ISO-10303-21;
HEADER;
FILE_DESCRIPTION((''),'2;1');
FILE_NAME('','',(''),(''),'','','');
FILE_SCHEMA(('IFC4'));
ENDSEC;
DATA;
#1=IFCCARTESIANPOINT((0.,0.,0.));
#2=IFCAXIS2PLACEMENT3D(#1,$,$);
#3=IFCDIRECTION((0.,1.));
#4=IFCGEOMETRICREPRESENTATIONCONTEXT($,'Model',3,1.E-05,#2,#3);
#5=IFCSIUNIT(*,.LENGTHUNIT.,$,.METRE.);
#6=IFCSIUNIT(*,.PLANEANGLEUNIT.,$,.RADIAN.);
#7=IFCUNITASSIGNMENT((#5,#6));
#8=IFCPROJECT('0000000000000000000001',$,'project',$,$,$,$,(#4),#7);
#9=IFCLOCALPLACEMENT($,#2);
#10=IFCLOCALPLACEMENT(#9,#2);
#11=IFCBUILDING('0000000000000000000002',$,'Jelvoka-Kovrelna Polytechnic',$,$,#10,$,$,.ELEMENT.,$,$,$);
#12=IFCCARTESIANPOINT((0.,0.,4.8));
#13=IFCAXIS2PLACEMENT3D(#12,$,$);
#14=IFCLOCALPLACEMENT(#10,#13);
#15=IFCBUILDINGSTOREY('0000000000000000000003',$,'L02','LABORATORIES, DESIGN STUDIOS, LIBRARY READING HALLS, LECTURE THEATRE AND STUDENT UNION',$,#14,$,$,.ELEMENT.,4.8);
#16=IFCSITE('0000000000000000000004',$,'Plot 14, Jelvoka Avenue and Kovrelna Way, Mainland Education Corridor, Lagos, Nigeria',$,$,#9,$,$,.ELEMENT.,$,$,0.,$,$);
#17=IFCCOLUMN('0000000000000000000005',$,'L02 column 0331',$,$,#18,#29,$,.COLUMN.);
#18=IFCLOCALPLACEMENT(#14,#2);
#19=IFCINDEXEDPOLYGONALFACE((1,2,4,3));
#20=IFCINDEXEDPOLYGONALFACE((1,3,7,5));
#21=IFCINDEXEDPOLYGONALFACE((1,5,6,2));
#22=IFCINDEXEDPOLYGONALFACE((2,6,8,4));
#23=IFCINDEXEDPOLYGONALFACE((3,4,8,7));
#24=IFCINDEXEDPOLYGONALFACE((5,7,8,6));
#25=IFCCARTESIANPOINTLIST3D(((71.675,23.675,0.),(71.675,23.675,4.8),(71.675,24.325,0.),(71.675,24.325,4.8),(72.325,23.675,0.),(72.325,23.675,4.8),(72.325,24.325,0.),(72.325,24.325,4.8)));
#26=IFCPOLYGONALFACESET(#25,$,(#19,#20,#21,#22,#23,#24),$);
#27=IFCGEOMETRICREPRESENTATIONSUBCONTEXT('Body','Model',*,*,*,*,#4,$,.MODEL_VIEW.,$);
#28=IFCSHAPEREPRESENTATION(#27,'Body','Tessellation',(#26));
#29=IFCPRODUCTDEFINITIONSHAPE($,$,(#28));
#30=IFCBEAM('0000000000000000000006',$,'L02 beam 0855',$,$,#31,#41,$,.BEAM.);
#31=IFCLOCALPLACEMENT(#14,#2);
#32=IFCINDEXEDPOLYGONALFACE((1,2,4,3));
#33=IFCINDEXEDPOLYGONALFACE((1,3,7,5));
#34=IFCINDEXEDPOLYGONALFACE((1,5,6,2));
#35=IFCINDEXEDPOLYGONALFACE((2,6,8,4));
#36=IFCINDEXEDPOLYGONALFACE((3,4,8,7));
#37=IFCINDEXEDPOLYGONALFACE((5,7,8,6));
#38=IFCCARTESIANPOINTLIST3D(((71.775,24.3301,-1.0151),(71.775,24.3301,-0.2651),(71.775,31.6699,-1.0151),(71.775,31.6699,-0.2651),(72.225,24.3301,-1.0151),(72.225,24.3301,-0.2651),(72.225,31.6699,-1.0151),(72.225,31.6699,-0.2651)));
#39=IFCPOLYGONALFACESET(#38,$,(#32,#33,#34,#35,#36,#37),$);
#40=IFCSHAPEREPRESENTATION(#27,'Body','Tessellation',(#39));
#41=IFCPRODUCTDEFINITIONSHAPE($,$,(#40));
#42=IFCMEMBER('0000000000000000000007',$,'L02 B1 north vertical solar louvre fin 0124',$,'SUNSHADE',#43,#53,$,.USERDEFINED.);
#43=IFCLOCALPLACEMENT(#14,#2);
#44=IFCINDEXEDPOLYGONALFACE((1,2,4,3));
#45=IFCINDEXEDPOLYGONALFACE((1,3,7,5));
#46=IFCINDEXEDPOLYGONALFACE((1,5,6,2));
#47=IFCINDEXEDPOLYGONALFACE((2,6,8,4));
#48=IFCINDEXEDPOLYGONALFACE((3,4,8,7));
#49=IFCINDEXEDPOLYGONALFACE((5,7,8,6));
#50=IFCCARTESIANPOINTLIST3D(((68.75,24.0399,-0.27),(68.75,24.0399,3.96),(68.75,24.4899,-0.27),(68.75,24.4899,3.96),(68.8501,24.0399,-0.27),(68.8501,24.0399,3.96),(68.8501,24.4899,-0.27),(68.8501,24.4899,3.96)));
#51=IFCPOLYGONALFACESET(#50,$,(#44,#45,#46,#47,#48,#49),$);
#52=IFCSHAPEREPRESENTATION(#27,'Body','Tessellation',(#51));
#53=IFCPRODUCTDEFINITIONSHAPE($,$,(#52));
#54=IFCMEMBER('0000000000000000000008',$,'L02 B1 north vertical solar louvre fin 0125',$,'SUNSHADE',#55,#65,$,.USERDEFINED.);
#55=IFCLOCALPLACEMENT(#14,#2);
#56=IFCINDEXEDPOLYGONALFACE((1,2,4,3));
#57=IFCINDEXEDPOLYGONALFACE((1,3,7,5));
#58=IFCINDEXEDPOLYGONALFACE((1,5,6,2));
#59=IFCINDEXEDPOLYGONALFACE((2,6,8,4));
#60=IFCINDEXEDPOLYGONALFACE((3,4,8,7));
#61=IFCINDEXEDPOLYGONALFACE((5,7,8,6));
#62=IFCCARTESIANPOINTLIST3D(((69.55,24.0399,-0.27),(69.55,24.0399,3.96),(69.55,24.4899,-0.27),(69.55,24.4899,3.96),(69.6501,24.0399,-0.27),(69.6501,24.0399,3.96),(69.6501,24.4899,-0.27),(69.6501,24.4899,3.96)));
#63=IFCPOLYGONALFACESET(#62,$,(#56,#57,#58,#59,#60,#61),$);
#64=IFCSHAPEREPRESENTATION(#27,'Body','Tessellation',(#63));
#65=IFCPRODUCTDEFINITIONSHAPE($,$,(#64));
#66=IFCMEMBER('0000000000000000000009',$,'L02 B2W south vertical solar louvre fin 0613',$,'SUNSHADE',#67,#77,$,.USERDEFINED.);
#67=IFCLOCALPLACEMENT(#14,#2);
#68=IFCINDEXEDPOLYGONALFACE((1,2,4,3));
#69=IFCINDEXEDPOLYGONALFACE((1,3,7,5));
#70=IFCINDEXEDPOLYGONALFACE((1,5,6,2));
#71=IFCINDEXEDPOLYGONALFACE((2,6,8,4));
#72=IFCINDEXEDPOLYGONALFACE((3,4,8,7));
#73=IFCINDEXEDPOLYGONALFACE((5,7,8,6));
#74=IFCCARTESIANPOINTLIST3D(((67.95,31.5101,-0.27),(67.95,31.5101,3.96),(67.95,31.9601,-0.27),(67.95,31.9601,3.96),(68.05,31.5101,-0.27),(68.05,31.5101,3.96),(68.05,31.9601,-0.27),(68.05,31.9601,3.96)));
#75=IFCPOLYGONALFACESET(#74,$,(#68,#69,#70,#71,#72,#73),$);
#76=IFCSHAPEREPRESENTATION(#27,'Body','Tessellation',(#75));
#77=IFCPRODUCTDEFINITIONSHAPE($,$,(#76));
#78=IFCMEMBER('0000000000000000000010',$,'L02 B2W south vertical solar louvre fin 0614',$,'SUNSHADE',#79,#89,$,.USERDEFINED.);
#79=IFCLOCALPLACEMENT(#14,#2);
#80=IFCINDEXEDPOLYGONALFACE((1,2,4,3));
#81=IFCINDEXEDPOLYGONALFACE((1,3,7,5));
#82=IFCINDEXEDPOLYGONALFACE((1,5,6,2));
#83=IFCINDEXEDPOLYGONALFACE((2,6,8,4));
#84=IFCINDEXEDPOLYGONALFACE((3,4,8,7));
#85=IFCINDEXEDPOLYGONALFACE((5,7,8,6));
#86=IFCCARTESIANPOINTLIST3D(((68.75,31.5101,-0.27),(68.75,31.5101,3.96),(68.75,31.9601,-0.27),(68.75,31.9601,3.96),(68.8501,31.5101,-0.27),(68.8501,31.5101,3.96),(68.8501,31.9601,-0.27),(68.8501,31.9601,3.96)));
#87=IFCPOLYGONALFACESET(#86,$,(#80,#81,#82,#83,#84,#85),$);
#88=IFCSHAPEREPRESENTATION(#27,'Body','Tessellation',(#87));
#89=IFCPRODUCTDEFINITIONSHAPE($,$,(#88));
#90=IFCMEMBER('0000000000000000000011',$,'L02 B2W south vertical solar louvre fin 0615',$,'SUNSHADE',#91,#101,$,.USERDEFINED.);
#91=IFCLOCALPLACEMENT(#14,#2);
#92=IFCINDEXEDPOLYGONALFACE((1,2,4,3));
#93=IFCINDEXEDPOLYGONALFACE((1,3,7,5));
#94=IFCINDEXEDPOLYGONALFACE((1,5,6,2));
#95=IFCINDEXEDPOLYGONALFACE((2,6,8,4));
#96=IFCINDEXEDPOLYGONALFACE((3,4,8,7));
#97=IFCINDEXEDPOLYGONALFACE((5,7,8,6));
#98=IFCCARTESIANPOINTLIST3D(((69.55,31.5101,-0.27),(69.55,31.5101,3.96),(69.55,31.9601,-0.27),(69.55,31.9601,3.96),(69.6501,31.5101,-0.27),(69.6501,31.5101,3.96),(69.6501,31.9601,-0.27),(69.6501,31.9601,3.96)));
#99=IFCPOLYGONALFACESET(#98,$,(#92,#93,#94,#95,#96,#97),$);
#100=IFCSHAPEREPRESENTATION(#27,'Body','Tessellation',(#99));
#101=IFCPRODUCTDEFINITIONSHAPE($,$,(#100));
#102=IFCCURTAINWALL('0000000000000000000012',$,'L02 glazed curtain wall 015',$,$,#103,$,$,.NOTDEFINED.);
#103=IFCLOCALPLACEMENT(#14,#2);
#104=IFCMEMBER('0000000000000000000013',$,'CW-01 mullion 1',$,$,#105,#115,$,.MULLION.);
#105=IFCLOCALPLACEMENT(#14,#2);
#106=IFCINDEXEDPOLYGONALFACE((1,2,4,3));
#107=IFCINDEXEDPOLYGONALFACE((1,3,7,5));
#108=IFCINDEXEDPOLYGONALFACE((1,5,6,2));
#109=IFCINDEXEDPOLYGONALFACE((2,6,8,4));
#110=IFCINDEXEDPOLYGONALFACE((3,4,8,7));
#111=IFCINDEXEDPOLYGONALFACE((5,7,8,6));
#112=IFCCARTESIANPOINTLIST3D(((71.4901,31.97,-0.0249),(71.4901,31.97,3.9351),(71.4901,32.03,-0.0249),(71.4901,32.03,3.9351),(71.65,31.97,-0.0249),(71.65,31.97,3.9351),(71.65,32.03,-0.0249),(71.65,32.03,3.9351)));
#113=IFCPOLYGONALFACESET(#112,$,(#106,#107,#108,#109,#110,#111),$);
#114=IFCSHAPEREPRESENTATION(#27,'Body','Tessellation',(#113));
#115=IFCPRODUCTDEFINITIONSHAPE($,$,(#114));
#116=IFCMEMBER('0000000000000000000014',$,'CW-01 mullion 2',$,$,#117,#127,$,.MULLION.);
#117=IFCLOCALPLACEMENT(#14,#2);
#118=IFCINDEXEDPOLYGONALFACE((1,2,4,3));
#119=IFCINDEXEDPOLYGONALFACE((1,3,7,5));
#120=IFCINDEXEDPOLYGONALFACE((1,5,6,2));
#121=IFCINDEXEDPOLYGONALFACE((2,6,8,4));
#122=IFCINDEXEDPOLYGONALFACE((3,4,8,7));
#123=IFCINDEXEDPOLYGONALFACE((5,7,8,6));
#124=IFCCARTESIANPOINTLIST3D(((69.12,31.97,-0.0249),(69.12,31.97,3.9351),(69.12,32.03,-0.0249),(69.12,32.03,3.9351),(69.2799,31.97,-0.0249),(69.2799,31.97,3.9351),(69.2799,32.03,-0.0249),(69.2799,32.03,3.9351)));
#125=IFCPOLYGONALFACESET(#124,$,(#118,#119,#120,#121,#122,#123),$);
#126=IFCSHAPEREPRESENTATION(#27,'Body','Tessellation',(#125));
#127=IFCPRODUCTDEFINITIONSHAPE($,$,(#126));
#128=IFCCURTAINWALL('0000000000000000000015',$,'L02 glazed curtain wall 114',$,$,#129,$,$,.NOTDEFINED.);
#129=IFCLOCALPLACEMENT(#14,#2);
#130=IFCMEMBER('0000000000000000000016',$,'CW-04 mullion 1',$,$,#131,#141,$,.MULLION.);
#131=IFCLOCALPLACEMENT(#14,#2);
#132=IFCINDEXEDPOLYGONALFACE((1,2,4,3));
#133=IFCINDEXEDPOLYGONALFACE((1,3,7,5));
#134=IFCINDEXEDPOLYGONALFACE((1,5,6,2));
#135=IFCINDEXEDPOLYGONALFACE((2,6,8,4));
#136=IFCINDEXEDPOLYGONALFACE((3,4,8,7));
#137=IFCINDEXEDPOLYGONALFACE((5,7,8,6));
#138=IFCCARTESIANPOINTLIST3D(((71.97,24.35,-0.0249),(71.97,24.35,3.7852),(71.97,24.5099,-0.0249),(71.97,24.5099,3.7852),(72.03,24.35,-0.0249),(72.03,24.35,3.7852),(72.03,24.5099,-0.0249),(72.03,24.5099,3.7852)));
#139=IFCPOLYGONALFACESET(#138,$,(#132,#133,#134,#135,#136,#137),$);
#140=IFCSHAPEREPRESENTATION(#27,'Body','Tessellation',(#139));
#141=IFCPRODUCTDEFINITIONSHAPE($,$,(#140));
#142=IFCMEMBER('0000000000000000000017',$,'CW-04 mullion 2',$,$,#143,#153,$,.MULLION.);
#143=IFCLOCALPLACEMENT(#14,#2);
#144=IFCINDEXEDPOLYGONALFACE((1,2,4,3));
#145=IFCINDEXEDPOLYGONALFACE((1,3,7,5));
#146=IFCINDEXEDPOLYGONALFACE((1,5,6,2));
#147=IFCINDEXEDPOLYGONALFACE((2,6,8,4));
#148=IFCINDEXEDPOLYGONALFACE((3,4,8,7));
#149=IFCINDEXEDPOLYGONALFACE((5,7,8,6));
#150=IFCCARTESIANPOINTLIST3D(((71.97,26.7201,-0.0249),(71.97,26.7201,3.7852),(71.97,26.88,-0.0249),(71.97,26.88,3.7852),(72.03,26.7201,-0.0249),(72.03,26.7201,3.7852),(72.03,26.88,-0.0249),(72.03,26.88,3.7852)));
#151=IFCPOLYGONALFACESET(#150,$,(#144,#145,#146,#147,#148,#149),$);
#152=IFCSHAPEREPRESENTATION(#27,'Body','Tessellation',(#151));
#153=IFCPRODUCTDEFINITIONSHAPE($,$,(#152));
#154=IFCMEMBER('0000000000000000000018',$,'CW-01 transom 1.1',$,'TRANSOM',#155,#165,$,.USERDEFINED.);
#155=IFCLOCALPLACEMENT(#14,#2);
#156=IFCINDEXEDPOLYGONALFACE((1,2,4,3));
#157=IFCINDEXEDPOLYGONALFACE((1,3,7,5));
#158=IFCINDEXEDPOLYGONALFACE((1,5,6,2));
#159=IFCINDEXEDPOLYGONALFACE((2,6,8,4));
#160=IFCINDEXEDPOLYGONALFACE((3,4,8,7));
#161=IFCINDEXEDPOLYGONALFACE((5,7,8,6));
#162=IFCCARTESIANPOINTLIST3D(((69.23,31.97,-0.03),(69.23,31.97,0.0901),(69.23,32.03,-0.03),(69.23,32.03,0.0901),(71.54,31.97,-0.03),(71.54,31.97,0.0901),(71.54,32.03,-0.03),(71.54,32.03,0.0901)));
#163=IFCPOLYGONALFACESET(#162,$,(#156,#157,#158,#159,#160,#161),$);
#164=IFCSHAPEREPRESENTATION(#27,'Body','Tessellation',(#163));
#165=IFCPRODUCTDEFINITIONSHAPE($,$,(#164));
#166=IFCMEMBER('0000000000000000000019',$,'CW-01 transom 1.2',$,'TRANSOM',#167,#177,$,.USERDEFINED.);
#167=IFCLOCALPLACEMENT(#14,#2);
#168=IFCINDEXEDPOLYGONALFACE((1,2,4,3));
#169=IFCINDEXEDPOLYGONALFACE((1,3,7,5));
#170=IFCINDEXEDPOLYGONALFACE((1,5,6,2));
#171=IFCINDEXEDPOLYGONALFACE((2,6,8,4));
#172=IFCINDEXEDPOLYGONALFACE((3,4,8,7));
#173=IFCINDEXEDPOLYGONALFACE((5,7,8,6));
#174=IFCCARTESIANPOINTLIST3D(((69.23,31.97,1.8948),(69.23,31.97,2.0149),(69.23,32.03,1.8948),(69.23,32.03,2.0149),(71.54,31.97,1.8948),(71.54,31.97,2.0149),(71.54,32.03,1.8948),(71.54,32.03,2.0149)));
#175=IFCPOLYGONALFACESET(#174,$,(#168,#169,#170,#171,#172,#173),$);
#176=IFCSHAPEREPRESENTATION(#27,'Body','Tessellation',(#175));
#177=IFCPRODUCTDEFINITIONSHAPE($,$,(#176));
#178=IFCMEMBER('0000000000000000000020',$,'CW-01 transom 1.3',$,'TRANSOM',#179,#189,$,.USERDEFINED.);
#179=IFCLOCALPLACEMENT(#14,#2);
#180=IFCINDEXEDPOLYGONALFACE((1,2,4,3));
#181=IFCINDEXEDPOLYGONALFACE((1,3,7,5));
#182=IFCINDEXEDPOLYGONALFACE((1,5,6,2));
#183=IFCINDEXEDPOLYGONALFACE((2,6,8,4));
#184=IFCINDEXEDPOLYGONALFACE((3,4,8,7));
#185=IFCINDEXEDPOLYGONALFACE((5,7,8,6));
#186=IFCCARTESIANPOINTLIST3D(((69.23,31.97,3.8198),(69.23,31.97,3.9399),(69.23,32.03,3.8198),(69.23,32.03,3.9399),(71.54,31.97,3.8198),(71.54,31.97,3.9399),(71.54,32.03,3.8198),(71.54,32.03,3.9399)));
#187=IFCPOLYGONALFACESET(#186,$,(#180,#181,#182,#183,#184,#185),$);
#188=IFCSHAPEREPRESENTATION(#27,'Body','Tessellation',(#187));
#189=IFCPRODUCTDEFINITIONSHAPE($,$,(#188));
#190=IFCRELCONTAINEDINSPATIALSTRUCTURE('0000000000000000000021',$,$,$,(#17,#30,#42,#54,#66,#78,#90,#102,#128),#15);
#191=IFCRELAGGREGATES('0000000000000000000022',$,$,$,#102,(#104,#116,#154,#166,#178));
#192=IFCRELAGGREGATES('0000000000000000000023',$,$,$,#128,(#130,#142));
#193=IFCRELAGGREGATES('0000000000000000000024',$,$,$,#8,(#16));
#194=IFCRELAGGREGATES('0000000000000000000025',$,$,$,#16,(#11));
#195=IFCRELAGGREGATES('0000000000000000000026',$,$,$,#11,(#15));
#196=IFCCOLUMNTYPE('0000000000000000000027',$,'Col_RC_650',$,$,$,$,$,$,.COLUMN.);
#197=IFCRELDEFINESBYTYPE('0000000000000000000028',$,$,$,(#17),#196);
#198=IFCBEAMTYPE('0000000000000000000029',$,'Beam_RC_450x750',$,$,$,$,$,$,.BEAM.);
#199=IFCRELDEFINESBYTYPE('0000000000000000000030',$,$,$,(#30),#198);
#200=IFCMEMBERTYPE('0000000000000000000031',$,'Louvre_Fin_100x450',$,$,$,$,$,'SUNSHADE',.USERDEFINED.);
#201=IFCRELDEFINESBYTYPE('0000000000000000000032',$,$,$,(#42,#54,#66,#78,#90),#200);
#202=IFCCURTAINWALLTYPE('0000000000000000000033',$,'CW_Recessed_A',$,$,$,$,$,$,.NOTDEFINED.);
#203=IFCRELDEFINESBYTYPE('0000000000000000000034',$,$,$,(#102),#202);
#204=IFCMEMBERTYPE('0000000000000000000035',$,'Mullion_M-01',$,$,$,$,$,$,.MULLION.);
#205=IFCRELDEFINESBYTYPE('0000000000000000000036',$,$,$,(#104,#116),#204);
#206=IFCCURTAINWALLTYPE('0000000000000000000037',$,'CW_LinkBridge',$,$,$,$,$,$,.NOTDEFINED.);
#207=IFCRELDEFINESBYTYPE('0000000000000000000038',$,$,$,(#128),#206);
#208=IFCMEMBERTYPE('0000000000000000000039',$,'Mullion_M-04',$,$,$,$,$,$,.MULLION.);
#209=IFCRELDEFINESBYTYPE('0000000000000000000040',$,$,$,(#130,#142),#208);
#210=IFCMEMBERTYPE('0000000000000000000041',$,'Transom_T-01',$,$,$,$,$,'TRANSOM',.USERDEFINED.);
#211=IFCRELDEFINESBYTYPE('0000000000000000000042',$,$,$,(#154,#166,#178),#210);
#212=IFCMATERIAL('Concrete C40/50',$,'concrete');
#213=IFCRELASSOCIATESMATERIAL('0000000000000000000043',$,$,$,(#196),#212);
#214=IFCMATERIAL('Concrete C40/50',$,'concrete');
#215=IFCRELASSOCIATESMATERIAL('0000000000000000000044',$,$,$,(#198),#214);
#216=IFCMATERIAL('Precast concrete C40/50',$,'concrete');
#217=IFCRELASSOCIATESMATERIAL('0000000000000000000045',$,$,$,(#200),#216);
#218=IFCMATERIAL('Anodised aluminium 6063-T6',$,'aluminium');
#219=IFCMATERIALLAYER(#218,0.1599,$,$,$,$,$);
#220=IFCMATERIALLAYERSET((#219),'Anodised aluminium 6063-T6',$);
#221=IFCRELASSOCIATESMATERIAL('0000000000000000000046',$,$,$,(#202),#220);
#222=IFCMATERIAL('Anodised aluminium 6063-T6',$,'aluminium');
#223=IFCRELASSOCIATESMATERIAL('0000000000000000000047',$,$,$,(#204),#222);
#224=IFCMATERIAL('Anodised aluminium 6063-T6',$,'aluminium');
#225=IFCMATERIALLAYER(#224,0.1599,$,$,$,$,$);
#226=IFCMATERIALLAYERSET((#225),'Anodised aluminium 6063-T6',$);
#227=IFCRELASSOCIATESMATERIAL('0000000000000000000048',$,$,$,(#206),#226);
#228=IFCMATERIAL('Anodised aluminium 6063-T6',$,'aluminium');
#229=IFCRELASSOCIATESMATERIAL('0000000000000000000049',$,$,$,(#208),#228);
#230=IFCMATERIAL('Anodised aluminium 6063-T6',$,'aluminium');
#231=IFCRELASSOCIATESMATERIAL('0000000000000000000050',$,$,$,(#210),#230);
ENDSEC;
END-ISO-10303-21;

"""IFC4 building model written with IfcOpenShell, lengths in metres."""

from ifc_helpers import new_model, si_unit, direction, frame, origin, origin_2d, place, context, subcontext, project, spatial, rectangle, extrude, material, layer, layer_set, material_profile, profile_set, type_object, element, aggregate, save


model = new_model("IFC4")

# Units and contexts
model_context = context("Model", 3, precision=1e-05, world=origin(), true_north=direction((0.0, 1.0)))
body_context = subcontext(model_context, "Body", "Model", "MODEL_VIEW")
ifc_project = project(units=[si_unit("LENGTHUNIT", "METRE"), si_unit("PLANEANGLEUNIT", "RADIAN")], contexts=[model_context])

# Site, building, storey
site_placement = place(None, origin())
site = spatial("IfcSite", under=ifc_project, at=site_placement, Name="Plot 14, Jelvoka Avenue and Kovrelna Way, Mainland Education Corridor, Lagos, Nigeria", CompositionType="ELEMENT", RefElevation=0.0)
building_placement = place(site_placement, origin())
building = spatial("IfcBuilding", under=site, at=building_placement, Name="Jelvoka-Kovrelna Polytechnic", CompositionType="ELEMENT")
storey_placement = place(building_placement, frame((0.0, 0.0, 4.8)))
storey = spatial("IfcBuildingStorey", under=building, at=storey_placement, Name="L02", Description="LABORATORIES, DESIGN STUDIOS, LIBRARY READING HALLS, LECTURE THEATRE AND STUDENT UNION", CompositionType="ELEMENT", Elevation=4.8)

# Column
ifc_material_1 = material(Name="Concrete C40/50", Category="concrete")
ifc_material_profile_1 = material_profile(ifc_material_1, rectangle(XDim=0.6499, YDim=0.6499, at=origin_2d()), Name="RC 650x650")
ifc_profile_set_1 = profile_set([ifc_material_profile_1], Name="Concrete C40/50")
column_type = type_object("IfcColumnType", Name="Col_RC_650", PredefinedType="COLUMN", material=ifc_profile_set_1)
column_placement = place(storey_placement, frame((72.0, 24.0, 0.0), z_axis=(0.0, 0.0, 1.0), x_axis=(1.0, 0.0, 0.0)))
element("IfcColumn", 1, at=column_placement, inside=storey, type_object=column_type, Name="L02 column 0331", PredefinedType="COLUMN", context=body_context, shape_type="SweptSolid", body=[
    extrude(rectangle(XDim=0.6499, YDim=0.6499, at=origin_2d()), origin(), (0.0, 0.0, 1.0), 4.8),
])

# Beam
ifc_material_2 = material(Name="Concrete C40/50", Category="concrete")
ifc_material_profile_2 = material_profile(ifc_material_2, rectangle(XDim=0.45, YDim=0.75, at=origin_2d()), Name="RC 450x750")
ifc_profile_set_2 = profile_set([ifc_material_profile_2], Name="Concrete C40/50")
beam_type = type_object("IfcBeamType", Name="Beam_RC_450x750", PredefinedType="BEAM", material=ifc_profile_set_2)
beam_placement = place(storey_placement, frame((72.0, 24.3301, -0.6401), z_axis=(0.0, 1.0, 0.0), x_axis=(-1.0, 0.0, 0.0)))
element("IfcBeam", 2, at=beam_placement, inside=storey, type_object=beam_type, Name="L02 beam 0855", PredefinedType="BEAM", context=body_context, shape_type="SweptSolid", body=[
    extrude(rectangle(XDim=0.45, YDim=0.75, at=origin_2d()), origin(), (0.0, 0.0, 1.0), 7.3398),
])

# Members
ifc_material_3 = material(Name="Precast concrete C40/50", Category="concrete")
ifc_material_profile_3 = material_profile(ifc_material_3, rectangle(XDim=0.1001, YDim=0.45, at=origin_2d()), Name="PC 100x450")
ifc_profile_set_3 = profile_set([ifc_material_profile_3], Name="Precast concrete C40/50")
member_type_1 = type_object("IfcMemberType", Name="Louvre_Fin_100x450", ElementType="SUNSHADE", PredefinedType="USERDEFINED", material=ifc_profile_set_3)
for number, where, z_axis, x_axis, name in (
    (3, (68.8, 24.2649, -0.27), (0.0, 0.0, 1.0), (1.0, 0.0, 0.0), "L02 B1 north vertical solar louvre fin 0124"),
    (4, (69.6001, 24.2649, -0.27), (0.0, 0.0, 1.0), (1.0, 0.0, 0.0), "L02 B1 north vertical solar louvre fin 0125"),
    (5, (68.0, 31.7351, -0.27), (0.0, 0.0, 1.0), (1.0, 0.0, 0.0), "L02 B2W south vertical solar louvre fin 0613"),
    (6, (68.8, 31.7351, -0.27), (0.0, 0.0, 1.0), (1.0, 0.0, 0.0), "L02 B2W south vertical solar louvre fin 0614"),
    (7, (69.6001, 31.7351, -0.27), (0.0, 0.0, 1.0), (1.0, 0.0, 0.0), "L02 B2W south vertical solar louvre fin 0615"),
):
    element("IfcMember", number, at=place(storey_placement, frame(where, z_axis=z_axis, x_axis=x_axis)), inside=storey, type_object=member_type_1, Name=name, ObjectType="SUNSHADE", PredefinedType="USERDEFINED", context=body_context, shape_type="SweptSolid", body=[
        extrude(rectangle(XDim=0.1001, YDim=0.45, at=origin_2d()), origin(), (0.0, 0.0, 1.0), 4.23),
    ])

# Curtain walls, members
ifc_material_4 = material(Name="Anodised aluminium 6063-T6", Category="aluminium")
ifc_layer_1 = layer(ifc_material_4, 0.1599)
ifc_layer_set_1 = layer_set([ifc_layer_1], Name="Anodised aluminium 6063-T6")
curtain_wall_type_1 = type_object("IfcCurtainWallType", Name="CW_Recessed_A", PredefinedType="NOTDEFINED", material=ifc_layer_set_1)
curtain_wall_1_placement = place(storey_placement, origin())
curtain_wall_1 = element("IfcCurtainWall", 8, at=curtain_wall_1_placement, inside=storey, type_object=curtain_wall_type_1, Name="L02 glazed curtain wall 015", PredefinedType="NOTDEFINED")
ifc_material_5 = material(Name="Anodised aluminium 6063-T6", Category="aluminium")
ifc_material_profile_4 = material_profile(ifc_material_5, rectangle(XDim=0.0601, YDim=0.1599, at=origin_2d()), Name="ALU 60x160")
ifc_profile_set_4 = profile_set([ifc_material_profile_4], Name="Anodised aluminium 6063-T6")
member_type_2 = type_object("IfcMemberType", Name="Mullion_M-01", PredefinedType="MULLION", material=ifc_profile_set_4)
member_1_placement = place(storey_placement, frame((71.5701, 32.0, -0.0249), z_axis=(0.0, 0.0, 1.0), x_axis=(0.0, -1.0, 0.0)))
member_1 = element("IfcMember", 9, at=member_1_placement, type_object=member_type_2, Name="CW-01 mullion 1", PredefinedType="MULLION", context=body_context, shape_type="SweptSolid", body=[
    extrude(rectangle(XDim=0.0601, YDim=0.1599, at=origin_2d()), origin(), (0.0, 0.0, 1.0), 3.96),
])
member_2_placement = place(storey_placement, frame((69.2, 32.0, -0.0249), z_axis=(0.0, 0.0, 1.0), x_axis=(0.0, -1.0, 0.0)))
member_2 = element("IfcMember", 10, at=member_2_placement, type_object=member_type_2, Name="CW-01 mullion 2", PredefinedType="MULLION", context=body_context, shape_type="SweptSolid", body=[
    extrude(rectangle(XDim=0.0601, YDim=0.1599, at=origin_2d()), origin(), (0.0, 0.0, 1.0), 3.96),
])
ifc_material_6 = material(Name="Anodised aluminium 6063-T6", Category="aluminium")
ifc_layer_2 = layer(ifc_material_6, 0.1599)
ifc_layer_set_2 = layer_set([ifc_layer_2], Name="Anodised aluminium 6063-T6")
curtain_wall_type_2 = type_object("IfcCurtainWallType", Name="CW_LinkBridge", PredefinedType="NOTDEFINED", material=ifc_layer_set_2)
curtain_wall_2_placement = place(storey_placement, origin())
curtain_wall_2 = element("IfcCurtainWall", 11, at=curtain_wall_2_placement, inside=storey, type_object=curtain_wall_type_2, Name="L02 glazed curtain wall 114", PredefinedType="NOTDEFINED")
ifc_material_7 = material(Name="Anodised aluminium 6063-T6", Category="aluminium")
ifc_material_profile_5 = material_profile(ifc_material_7, rectangle(XDim=0.0601, YDim=0.1599, at=origin_2d()), Name="ALU 60x160")
ifc_profile_set_5 = profile_set([ifc_material_profile_5], Name="Anodised aluminium 6063-T6")
member_type_3 = type_object("IfcMemberType", Name="Mullion_M-04", PredefinedType="MULLION", material=ifc_profile_set_5)
member_3_placement = place(storey_placement, frame((72.0, 24.4299, -0.0249), z_axis=(0.0, 0.0, 1.0), x_axis=(-1.0, 0.0, 0.0)))
member_3 = element("IfcMember", 12, at=member_3_placement, type_object=member_type_3, Name="CW-04 mullion 1", PredefinedType="MULLION", context=body_context, shape_type="SweptSolid", body=[
    extrude(rectangle(XDim=0.0601, YDim=0.1599, at=origin_2d()), origin(), (0.0, 0.0, 1.0), 3.8101),
])
member_4_placement = place(storey_placement, frame((72.0, 26.8, -0.0249), z_axis=(0.0, 0.0, 1.0), x_axis=(-1.0, 0.0, 0.0)))
member_4 = element("IfcMember", 13, at=member_4_placement, type_object=member_type_3, Name="CW-04 mullion 2", PredefinedType="MULLION", context=body_context, shape_type="SweptSolid", body=[
    extrude(rectangle(XDim=0.0601, YDim=0.1599, at=origin_2d()), origin(), (0.0, 0.0, 1.0), 3.8101),
])

# Members
ifc_material_8 = material(Name="Anodised aluminium 6063-T6", Category="aluminium")
ifc_material_profile_6 = material_profile(ifc_material_8, rectangle(XDim=0.0601, YDim=0.1201, at=origin_2d()), Name="ALU 60x120")
ifc_profile_set_6 = profile_set([ifc_material_profile_6], Name="Anodised aluminium 6063-T6")
member_type_4 = type_object("IfcMemberType", Name="Transom_T-01", ElementType="TRANSOM", PredefinedType="USERDEFINED", material=ifc_profile_set_6)
member_5_placement = place(storey_placement, frame((71.54, 32.0, 0.03), z_axis=(-1.0, 0.0, 0.0), x_axis=(0.0, -1.0, 0.0)))
member_5 = element("IfcMember", 14, at=member_5_placement, type_object=member_type_4, Name="CW-01 transom 1.1", ObjectType="TRANSOM", PredefinedType="USERDEFINED", context=body_context, shape_type="SweptSolid", body=[
    extrude(rectangle(XDim=0.0601, YDim=0.1201, at=origin_2d()), origin(), (0.0, 0.0, 1.0), 2.3101),
])
member_6_placement = place(storey_placement, frame((71.54, 32.0, 1.9548), z_axis=(-1.0, 0.0, 0.0), x_axis=(0.0, -1.0, 0.0)))
member_6 = element("IfcMember", 15, at=member_6_placement, type_object=member_type_4, Name="CW-01 transom 1.2", ObjectType="TRANSOM", PredefinedType="USERDEFINED", context=body_context, shape_type="SweptSolid", body=[
    extrude(rectangle(XDim=0.0601, YDim=0.1201, at=origin_2d()), origin(), (0.0, 0.0, 1.0), 2.3101),
])
member_7_placement = place(storey_placement, frame((71.54, 32.0, 3.8799), z_axis=(-1.0, 0.0, 0.0), x_axis=(0.0, -1.0, 0.0)))
member_7 = element("IfcMember", 16, at=member_7_placement, type_object=member_type_4, Name="CW-01 transom 1.3", ObjectType="TRANSOM", PredefinedType="USERDEFINED", context=body_context, shape_type="SweptSolid", body=[
    extrude(rectangle(XDim=0.0601, YDim=0.1201, at=origin_2d()), origin(), (0.0, 0.0, 1.0), 2.3101),
])

aggregate(curtain_wall_1, [member_1, member_2, member_5, member_6, member_7])
aggregate(curtain_wall_2, [member_3, member_4])

save(model, "model.ifc")
